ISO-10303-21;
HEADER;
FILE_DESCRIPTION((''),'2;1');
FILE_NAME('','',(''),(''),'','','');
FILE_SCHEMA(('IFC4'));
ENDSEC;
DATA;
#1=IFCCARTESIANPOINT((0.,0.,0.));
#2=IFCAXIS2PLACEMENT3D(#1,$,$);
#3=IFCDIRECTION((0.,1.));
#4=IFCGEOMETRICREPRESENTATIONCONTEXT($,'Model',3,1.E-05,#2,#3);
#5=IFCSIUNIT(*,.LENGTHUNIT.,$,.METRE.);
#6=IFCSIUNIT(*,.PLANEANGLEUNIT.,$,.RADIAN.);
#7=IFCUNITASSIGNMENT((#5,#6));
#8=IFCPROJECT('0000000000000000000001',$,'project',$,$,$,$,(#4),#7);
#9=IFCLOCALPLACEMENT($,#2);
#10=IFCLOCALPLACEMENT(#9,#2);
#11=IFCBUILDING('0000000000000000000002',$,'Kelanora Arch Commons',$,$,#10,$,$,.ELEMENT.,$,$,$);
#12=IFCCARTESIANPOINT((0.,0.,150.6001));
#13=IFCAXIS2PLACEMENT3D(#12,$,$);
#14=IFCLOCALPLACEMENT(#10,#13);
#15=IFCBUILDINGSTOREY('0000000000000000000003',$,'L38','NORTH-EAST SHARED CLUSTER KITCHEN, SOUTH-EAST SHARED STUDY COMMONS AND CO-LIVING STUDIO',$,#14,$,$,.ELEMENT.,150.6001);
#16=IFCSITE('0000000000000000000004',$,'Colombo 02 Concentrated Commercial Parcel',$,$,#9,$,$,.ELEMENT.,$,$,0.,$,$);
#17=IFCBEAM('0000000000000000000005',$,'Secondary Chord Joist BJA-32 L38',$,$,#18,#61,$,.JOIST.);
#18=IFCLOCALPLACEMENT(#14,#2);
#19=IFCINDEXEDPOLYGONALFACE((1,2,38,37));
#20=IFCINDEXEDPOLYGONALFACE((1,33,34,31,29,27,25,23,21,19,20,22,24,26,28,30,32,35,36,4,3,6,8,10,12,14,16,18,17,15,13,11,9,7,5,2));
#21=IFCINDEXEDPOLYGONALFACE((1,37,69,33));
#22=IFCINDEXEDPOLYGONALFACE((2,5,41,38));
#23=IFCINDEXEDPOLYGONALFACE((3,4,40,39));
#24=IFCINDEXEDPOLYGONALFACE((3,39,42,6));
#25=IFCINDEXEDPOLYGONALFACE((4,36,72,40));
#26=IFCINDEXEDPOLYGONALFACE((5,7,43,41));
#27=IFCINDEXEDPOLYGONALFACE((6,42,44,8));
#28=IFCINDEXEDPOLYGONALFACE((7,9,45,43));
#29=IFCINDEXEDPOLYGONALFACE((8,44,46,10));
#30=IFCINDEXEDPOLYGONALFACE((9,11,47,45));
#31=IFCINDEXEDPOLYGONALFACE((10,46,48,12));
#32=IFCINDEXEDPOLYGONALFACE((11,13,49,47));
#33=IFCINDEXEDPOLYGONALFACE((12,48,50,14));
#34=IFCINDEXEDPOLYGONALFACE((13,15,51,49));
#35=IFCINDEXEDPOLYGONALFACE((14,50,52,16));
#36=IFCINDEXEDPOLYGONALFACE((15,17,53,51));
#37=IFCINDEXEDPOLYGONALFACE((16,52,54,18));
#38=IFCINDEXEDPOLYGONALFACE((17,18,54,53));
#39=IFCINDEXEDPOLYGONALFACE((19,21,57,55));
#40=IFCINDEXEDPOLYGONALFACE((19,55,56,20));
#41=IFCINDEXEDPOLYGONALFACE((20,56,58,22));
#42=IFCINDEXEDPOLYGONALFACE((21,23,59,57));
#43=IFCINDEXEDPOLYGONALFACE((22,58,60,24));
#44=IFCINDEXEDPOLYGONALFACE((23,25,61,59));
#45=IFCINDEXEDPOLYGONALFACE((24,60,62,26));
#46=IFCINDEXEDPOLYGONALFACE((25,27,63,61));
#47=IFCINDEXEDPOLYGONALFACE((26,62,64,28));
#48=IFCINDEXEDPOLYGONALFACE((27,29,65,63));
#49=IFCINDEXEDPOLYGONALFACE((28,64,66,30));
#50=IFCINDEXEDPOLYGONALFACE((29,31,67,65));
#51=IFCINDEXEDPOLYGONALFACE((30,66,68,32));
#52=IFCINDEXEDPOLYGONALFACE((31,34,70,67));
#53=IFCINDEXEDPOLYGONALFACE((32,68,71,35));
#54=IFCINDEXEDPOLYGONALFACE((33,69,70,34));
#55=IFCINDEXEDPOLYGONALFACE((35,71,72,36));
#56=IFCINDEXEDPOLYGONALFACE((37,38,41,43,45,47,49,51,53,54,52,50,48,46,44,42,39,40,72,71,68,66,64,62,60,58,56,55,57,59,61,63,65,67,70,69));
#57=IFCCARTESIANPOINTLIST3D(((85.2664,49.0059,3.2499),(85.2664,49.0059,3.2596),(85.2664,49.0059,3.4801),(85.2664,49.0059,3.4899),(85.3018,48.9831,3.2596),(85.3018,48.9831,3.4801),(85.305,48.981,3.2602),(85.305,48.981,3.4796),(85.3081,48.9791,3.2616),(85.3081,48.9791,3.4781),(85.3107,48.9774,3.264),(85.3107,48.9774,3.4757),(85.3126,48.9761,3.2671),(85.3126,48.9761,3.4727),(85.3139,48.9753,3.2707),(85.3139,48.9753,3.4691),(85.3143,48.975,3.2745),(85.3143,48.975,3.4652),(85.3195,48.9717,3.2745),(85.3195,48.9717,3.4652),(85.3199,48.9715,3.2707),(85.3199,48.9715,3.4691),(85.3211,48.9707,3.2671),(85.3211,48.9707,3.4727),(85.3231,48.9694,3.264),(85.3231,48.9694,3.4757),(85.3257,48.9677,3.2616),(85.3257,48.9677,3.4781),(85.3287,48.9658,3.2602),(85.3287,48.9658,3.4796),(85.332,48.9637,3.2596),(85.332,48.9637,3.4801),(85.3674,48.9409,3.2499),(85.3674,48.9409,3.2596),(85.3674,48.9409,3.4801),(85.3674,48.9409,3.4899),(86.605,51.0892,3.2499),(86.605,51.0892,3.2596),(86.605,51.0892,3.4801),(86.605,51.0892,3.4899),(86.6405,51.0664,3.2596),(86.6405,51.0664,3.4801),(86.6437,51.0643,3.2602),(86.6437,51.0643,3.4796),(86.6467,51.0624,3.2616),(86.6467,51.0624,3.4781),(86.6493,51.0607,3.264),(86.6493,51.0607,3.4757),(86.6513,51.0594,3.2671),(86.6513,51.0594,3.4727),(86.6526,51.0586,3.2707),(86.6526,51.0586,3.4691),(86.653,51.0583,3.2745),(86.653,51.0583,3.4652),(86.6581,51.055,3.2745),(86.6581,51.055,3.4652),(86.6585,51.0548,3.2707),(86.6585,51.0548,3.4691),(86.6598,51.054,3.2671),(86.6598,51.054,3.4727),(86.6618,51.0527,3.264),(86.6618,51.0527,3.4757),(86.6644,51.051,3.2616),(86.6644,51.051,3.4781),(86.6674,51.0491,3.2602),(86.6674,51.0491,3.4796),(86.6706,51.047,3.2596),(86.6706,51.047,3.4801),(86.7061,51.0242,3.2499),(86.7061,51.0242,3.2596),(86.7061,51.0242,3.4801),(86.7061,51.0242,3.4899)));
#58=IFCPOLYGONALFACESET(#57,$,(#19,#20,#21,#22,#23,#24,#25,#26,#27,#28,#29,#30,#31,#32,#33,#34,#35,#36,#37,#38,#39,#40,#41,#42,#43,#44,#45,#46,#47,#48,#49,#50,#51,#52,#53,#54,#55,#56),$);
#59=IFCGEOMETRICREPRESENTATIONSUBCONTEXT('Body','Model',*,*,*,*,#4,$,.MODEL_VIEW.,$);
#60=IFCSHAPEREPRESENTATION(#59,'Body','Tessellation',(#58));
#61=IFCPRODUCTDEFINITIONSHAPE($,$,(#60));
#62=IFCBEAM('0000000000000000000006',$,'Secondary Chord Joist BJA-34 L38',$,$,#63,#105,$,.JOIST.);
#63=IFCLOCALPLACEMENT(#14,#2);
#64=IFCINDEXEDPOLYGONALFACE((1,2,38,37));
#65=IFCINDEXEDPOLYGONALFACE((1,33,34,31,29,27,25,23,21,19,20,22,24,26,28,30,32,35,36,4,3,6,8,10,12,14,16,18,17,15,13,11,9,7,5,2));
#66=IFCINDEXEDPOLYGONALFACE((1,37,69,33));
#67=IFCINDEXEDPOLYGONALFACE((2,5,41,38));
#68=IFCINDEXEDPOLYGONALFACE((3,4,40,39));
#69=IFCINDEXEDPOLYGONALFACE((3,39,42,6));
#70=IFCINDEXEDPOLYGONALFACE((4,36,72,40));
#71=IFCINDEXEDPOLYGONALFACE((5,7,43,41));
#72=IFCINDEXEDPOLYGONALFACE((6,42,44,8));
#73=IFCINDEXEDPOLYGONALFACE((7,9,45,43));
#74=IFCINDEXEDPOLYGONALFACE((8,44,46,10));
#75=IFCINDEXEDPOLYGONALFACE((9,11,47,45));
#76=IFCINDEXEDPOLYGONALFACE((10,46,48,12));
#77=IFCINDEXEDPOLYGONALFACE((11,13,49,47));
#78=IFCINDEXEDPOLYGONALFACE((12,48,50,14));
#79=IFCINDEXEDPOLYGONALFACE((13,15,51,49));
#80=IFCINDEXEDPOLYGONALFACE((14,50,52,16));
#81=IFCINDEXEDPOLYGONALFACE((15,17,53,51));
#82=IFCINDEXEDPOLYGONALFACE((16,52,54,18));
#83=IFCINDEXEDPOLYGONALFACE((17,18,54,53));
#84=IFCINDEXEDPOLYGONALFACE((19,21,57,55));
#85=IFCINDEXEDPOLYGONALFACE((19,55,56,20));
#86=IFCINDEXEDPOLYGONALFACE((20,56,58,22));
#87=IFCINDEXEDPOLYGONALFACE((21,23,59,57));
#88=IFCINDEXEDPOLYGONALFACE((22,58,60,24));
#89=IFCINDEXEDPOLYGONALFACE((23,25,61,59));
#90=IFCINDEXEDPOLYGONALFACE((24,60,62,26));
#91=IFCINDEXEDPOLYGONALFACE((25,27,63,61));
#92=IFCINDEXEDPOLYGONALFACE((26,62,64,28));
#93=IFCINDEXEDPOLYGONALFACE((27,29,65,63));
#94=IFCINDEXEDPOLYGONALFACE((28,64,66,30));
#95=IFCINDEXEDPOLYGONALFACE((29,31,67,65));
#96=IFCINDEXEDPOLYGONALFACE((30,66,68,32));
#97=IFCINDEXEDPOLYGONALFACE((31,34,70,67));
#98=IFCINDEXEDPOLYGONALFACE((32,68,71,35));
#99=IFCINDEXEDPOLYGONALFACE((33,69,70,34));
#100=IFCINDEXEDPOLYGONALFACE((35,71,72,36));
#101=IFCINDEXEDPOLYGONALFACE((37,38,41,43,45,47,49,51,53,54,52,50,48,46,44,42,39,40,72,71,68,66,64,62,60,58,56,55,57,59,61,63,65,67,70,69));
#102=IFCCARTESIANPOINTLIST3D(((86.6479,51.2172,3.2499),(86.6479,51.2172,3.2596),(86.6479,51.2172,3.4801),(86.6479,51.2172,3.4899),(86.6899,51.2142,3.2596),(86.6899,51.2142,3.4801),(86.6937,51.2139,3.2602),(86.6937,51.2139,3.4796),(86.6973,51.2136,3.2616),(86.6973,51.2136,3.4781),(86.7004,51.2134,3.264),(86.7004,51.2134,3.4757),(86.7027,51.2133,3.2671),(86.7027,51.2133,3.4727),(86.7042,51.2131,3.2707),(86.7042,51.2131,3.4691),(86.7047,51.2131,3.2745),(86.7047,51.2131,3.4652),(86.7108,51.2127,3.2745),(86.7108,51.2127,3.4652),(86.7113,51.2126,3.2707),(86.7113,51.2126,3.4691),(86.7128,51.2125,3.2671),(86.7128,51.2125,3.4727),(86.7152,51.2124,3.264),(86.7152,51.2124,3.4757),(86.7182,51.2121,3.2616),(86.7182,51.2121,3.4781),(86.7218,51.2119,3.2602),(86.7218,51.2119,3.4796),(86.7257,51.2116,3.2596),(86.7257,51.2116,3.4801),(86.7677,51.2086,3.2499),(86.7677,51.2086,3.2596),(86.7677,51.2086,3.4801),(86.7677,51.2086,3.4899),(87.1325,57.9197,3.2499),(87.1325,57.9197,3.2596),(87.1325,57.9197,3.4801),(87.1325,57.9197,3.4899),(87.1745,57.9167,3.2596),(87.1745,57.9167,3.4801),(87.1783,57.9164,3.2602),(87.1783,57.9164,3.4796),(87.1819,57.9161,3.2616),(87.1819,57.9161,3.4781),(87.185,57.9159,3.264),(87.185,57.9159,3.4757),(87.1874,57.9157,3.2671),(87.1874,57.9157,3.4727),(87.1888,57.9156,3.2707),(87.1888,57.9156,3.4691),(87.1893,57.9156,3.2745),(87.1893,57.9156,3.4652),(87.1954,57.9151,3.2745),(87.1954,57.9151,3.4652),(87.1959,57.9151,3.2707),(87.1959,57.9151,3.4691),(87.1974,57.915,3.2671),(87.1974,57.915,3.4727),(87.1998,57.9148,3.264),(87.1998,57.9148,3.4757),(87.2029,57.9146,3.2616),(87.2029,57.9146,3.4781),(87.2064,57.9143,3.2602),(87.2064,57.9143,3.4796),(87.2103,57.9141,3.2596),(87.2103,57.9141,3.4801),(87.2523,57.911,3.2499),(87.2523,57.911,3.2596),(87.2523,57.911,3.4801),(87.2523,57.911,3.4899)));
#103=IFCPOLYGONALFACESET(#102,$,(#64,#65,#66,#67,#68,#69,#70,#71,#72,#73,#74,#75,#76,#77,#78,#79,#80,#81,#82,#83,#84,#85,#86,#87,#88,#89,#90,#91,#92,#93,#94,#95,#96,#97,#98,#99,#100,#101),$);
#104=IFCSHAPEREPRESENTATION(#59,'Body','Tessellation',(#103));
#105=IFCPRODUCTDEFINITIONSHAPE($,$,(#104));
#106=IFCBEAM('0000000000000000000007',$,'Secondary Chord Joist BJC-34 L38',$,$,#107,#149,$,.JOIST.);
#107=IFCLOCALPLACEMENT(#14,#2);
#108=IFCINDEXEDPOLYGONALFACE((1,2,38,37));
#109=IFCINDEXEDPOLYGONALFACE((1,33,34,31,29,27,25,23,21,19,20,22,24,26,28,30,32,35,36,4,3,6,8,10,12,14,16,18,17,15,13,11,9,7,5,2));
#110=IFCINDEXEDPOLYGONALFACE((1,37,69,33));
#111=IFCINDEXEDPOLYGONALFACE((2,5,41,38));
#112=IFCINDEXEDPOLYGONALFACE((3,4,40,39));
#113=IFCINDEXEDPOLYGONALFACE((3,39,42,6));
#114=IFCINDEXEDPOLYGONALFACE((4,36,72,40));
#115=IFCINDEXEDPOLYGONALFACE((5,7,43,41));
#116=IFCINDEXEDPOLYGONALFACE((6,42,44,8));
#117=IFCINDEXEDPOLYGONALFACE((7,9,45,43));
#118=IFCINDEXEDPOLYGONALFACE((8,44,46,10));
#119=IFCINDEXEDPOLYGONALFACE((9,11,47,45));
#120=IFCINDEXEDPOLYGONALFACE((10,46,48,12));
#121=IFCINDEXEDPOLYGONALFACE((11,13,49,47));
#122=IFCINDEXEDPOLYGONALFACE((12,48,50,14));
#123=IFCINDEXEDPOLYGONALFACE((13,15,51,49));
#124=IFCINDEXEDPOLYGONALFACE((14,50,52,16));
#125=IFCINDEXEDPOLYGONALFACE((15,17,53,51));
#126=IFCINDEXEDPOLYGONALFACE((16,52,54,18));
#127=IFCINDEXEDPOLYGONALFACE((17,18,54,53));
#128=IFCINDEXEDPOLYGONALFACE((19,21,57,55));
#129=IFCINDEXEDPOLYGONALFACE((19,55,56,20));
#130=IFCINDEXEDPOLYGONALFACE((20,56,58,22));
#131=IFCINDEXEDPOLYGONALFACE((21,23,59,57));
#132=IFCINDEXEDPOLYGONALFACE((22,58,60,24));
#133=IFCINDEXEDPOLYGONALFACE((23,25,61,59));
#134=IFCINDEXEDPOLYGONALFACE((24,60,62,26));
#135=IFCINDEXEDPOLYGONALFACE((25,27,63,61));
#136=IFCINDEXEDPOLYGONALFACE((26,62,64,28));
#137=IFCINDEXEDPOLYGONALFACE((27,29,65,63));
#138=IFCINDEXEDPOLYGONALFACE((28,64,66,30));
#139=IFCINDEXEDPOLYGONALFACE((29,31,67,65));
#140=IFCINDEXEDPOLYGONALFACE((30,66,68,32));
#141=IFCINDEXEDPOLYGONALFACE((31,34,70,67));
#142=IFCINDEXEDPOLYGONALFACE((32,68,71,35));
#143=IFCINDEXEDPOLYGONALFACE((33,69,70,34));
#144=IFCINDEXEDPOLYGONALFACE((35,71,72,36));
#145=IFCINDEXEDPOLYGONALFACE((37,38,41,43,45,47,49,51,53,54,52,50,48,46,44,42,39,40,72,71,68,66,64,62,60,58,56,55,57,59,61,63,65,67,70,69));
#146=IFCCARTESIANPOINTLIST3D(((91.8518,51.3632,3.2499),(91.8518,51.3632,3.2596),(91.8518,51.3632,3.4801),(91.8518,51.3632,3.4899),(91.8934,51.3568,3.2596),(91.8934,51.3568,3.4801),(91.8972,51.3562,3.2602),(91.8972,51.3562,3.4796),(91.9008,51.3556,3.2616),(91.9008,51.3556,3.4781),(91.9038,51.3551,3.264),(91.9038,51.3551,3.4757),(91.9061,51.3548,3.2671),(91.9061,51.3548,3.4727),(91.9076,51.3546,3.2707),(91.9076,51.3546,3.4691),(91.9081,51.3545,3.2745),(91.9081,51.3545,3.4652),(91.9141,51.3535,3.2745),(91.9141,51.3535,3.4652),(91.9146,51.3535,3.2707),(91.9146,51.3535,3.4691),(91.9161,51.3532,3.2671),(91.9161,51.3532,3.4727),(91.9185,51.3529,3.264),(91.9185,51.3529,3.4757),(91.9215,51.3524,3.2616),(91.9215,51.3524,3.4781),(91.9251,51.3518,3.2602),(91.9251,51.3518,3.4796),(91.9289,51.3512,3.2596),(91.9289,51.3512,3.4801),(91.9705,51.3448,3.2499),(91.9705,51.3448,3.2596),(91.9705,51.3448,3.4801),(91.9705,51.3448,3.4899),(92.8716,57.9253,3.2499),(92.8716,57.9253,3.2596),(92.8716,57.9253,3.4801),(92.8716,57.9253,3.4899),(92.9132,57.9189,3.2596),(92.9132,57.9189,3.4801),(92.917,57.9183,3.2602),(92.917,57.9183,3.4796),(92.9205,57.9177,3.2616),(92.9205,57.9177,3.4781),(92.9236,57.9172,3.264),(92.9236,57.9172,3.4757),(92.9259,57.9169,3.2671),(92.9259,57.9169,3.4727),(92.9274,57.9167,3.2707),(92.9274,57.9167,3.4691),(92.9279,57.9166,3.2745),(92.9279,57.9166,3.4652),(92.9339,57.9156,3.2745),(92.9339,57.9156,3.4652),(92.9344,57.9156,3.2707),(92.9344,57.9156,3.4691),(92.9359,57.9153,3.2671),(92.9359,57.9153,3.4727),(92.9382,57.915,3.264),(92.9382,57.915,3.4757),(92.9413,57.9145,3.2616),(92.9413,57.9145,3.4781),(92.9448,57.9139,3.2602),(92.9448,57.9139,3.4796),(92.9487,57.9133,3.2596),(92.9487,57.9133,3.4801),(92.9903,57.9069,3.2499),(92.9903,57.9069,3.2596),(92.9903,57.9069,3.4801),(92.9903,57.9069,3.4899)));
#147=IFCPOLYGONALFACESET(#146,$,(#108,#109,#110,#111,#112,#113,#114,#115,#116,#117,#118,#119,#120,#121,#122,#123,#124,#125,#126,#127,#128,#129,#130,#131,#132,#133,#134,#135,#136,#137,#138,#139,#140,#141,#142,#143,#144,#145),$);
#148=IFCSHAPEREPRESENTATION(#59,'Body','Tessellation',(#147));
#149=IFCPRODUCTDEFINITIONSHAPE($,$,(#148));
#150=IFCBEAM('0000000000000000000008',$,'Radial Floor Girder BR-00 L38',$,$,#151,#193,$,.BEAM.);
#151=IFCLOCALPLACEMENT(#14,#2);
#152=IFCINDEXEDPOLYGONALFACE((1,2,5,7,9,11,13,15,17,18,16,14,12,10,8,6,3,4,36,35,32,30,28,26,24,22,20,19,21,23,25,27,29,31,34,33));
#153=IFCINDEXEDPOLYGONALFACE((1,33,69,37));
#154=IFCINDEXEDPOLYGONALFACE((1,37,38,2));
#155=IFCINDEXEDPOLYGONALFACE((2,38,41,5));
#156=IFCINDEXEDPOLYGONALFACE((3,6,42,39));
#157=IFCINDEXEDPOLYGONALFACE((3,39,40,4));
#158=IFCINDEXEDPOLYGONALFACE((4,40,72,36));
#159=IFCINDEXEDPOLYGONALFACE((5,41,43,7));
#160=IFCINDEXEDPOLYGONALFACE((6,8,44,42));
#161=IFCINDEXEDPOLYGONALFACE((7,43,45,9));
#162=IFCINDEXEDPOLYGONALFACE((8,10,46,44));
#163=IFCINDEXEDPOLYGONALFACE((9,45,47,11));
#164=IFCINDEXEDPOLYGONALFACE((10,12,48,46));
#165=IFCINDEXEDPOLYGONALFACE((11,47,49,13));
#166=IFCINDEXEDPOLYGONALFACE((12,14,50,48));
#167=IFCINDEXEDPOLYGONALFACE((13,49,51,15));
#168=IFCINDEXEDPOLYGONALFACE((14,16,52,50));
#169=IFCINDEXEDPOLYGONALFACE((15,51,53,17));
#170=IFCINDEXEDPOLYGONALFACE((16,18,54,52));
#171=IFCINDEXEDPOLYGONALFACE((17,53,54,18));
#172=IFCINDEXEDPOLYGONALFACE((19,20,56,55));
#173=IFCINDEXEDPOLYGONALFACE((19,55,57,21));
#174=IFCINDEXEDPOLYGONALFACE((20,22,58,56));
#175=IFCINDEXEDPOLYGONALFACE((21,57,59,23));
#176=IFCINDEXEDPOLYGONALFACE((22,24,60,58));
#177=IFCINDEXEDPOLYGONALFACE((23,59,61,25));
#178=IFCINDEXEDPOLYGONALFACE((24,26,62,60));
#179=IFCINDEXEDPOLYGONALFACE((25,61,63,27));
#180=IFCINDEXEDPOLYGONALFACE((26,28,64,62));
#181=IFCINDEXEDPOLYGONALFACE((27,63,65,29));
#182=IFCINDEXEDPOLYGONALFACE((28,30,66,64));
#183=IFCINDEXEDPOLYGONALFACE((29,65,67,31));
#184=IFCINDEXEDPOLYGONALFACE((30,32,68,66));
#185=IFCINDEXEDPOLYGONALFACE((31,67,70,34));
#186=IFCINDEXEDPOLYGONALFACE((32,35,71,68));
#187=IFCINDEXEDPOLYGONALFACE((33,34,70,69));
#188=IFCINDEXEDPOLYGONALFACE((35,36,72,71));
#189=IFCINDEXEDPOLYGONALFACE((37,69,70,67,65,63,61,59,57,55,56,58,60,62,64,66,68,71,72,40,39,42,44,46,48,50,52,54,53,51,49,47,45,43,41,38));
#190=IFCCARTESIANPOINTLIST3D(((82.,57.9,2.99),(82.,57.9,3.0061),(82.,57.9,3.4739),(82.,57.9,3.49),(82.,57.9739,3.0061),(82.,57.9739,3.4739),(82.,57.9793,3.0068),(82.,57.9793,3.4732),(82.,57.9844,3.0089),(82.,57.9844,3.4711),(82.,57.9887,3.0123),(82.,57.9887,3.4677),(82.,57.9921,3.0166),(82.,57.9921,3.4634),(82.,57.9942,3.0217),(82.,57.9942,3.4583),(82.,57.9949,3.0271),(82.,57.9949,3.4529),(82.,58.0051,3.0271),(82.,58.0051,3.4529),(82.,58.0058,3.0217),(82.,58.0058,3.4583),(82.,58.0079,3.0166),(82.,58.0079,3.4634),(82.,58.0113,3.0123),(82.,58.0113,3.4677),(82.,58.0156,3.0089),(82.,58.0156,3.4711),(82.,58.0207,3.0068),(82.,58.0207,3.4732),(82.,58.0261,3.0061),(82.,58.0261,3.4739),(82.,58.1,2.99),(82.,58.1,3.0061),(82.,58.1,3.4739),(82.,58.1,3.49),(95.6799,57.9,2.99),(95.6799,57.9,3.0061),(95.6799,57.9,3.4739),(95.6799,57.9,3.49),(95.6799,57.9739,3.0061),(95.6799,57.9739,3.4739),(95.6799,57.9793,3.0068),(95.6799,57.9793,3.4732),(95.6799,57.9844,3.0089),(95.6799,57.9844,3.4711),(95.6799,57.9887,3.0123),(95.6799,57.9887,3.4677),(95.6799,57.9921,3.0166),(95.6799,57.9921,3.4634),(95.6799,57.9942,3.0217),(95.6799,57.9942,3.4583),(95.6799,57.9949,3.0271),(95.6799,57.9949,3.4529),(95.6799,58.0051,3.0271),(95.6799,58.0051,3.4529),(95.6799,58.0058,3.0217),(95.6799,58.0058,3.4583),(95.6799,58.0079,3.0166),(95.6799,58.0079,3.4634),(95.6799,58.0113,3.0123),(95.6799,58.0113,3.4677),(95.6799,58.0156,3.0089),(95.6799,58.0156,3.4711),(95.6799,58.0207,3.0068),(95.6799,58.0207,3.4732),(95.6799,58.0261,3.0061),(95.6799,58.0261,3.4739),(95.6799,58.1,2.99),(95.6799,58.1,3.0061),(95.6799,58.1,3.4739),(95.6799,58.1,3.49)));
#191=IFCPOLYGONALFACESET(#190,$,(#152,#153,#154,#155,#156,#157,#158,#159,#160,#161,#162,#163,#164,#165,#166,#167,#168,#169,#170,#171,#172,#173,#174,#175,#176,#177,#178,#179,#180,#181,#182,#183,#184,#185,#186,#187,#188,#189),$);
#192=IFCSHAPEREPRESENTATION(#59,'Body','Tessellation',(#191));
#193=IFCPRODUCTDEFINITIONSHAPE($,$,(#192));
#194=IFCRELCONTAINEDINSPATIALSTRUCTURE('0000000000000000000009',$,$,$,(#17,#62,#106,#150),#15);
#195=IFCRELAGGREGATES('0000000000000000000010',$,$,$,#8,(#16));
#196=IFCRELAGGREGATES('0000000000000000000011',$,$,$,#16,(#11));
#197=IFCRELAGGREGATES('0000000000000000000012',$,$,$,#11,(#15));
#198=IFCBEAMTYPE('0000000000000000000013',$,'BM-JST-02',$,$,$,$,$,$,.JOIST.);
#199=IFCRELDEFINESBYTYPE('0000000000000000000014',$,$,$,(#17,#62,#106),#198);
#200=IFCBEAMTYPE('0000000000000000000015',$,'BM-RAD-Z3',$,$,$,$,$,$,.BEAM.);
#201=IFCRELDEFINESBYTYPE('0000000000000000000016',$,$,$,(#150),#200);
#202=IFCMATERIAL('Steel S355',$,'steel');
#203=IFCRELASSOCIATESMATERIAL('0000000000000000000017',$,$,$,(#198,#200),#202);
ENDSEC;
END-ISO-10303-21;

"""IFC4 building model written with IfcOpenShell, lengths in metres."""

from ifc_helpers import new_model, si_unit, direction, frame, origin, origin_2d, place, context, subcontext, project, spatial, i_section, extrude, material, material_profile, profile_set, type_object, element, save


model = new_model("IFC4")

# Units and contexts
model_context = context("Model", 3, precision=1e-05, world=origin(), true_north=direction((0.0, 1.0)))
body_context = subcontext(model_context, "Body", "Model", "MODEL_VIEW")
ifc_project = project(units=[si_unit("LENGTHUNIT", "METRE"), si_unit("PLANEANGLEUNIT", "RADIAN")], contexts=[model_context])

# Site, building, storey
site_placement = place(None, origin())
site = spatial("IfcSite", under=ifc_project, at=site_placement, Name="Colombo 02 Concentrated Commercial Parcel", CompositionType="ELEMENT", RefElevation=0.0)
building_placement = place(site_placement, origin())
building = spatial("IfcBuilding", under=site, at=building_placement, Name="Kelanora Arch Commons", CompositionType="ELEMENT")
storey_placement = place(building_placement, frame((0.0, 0.0, 150.6001)))
storey = spatial("IfcBuildingStorey", under=building, at=storey_placement, Name="L38", Description="NORTH-EAST SHARED CLUSTER KITCHEN, SOUTH-EAST SHARED STUDY COMMONS AND CO-LIVING STUDIO", CompositionType="ELEMENT", Elevation=150.6001)

# Beams
ifc_material_1 = material(Name="Steel S355", Category="steel")
ifc_material_profile_1 = material_profile(ifc_material_1, i_section(OverallWidth=0.1201, OverallDepth=0.24, WebThickness=0.0061, FlangeThickness=0.0098, FilletRadius=0.0149, at=origin_2d()), Name="IPE240")
ifc_profile_set_1 = profile_set([ifc_material_profile_1], Name="Steel S355")
beam_type_1 = type_object("IfcBeamType", Name="BM-JST-02", PredefinedType="JOIST", material=ifc_profile_set_1)
beam_1_placement = place(storey_placement, frame((85.3169, 48.9734, 3.3699), z_axis=(0.540583, 0.841291, 0.0), x_axis=(-0.841291, 0.540583, 0.0)))
element("IfcBeam", 1, at=beam_1_placement, inside=storey, type_object=beam_type_1, Name="Secondary Chord Joist BJA-32 L38", PredefinedType="JOIST", context=body_context, shape_type="SweptSolid", body=[
    extrude(i_section(OverallWidth=0.1201, OverallDepth=0.24, WebThickness=0.0061, FlangeThickness=0.0098, FilletRadius=0.0149, at=origin_2d()), origin(), (0.0, 0.0, 1.0), 2.4763),
])
beam_2_placement = place(storey_placement, frame((86.7078, 51.2129, 3.3699), z_axis=(0.072117, 0.997396, 0.0), x_axis=(-0.997396, 0.072117, 0.0)))
element("IfcBeam", 2, at=beam_2_placement, inside=storey, type_object=beam_type_1, Name="Secondary Chord Joist BJA-34 L38", PredefinedType="JOIST", context=body_context, shape_type="SweptSolid", body=[
    extrude(i_section(OverallWidth=0.1201, OverallDepth=0.24, WebThickness=0.0061, FlangeThickness=0.0098, FilletRadius=0.0149, at=origin_2d()), origin(), (0.0, 0.0, 1.0), 6.72),
])
beam_3_placement = place(storey_placement, frame((91.9111, 51.354, 3.3699), z_axis=(0.153563, 0.988139, 0.0), x_axis=(-0.988139, 0.153563, 0.0)))
element("IfcBeam", 3, at=beam_3_placement, inside=storey, type_object=beam_type_1, Name="Secondary Chord Joist BJC-34 L38", PredefinedType="JOIST", context=body_context, shape_type="SweptSolid", body=[
    extrude(i_section(OverallWidth=0.1201, OverallDepth=0.24, WebThickness=0.0061, FlangeThickness=0.0098, FilletRadius=0.0149, at=origin_2d()), origin(), (0.0, 0.0, 1.0), 6.6409),
])
ifc_material_profile_2 = material_profile(ifc_material_1, i_section(OverallWidth=0.2, OverallDepth=0.5, WebThickness=0.0103, FlangeThickness=0.0161, FilletRadius=0.021, at=origin_2d()), Name="IPE500")
ifc_profile_set_2 = profile_set([ifc_material_profile_2], Name="Steel S355")
beam_type_2 = type_object("IfcBeamType", Name="BM-RAD-Z3", PredefinedType="BEAM", material=ifc_profile_set_2)
beam_4_placement = place(storey_placement, frame((82.0, 58.0, 3.24), z_axis=(1.0, 0.0, 0.0), x_axis=(0.0, 1.0, 0.0)))
element("IfcBeam", 4, at=beam_4_placement, inside=storey, type_object=beam_type_2, Name="Radial Floor Girder BR-00 L38", PredefinedType="BEAM", context=body_context, shape_type="SweptSolid", body=[
    extrude(i_section(OverallWidth=0.2, OverallDepth=0.5, WebThickness=0.0103, FlangeThickness=0.0161, FilletRadius=0.021, at=origin_2d()), origin(), (0.0, 0.0, 1.0), 13.6799),
])

save(model, "model.ifc")
